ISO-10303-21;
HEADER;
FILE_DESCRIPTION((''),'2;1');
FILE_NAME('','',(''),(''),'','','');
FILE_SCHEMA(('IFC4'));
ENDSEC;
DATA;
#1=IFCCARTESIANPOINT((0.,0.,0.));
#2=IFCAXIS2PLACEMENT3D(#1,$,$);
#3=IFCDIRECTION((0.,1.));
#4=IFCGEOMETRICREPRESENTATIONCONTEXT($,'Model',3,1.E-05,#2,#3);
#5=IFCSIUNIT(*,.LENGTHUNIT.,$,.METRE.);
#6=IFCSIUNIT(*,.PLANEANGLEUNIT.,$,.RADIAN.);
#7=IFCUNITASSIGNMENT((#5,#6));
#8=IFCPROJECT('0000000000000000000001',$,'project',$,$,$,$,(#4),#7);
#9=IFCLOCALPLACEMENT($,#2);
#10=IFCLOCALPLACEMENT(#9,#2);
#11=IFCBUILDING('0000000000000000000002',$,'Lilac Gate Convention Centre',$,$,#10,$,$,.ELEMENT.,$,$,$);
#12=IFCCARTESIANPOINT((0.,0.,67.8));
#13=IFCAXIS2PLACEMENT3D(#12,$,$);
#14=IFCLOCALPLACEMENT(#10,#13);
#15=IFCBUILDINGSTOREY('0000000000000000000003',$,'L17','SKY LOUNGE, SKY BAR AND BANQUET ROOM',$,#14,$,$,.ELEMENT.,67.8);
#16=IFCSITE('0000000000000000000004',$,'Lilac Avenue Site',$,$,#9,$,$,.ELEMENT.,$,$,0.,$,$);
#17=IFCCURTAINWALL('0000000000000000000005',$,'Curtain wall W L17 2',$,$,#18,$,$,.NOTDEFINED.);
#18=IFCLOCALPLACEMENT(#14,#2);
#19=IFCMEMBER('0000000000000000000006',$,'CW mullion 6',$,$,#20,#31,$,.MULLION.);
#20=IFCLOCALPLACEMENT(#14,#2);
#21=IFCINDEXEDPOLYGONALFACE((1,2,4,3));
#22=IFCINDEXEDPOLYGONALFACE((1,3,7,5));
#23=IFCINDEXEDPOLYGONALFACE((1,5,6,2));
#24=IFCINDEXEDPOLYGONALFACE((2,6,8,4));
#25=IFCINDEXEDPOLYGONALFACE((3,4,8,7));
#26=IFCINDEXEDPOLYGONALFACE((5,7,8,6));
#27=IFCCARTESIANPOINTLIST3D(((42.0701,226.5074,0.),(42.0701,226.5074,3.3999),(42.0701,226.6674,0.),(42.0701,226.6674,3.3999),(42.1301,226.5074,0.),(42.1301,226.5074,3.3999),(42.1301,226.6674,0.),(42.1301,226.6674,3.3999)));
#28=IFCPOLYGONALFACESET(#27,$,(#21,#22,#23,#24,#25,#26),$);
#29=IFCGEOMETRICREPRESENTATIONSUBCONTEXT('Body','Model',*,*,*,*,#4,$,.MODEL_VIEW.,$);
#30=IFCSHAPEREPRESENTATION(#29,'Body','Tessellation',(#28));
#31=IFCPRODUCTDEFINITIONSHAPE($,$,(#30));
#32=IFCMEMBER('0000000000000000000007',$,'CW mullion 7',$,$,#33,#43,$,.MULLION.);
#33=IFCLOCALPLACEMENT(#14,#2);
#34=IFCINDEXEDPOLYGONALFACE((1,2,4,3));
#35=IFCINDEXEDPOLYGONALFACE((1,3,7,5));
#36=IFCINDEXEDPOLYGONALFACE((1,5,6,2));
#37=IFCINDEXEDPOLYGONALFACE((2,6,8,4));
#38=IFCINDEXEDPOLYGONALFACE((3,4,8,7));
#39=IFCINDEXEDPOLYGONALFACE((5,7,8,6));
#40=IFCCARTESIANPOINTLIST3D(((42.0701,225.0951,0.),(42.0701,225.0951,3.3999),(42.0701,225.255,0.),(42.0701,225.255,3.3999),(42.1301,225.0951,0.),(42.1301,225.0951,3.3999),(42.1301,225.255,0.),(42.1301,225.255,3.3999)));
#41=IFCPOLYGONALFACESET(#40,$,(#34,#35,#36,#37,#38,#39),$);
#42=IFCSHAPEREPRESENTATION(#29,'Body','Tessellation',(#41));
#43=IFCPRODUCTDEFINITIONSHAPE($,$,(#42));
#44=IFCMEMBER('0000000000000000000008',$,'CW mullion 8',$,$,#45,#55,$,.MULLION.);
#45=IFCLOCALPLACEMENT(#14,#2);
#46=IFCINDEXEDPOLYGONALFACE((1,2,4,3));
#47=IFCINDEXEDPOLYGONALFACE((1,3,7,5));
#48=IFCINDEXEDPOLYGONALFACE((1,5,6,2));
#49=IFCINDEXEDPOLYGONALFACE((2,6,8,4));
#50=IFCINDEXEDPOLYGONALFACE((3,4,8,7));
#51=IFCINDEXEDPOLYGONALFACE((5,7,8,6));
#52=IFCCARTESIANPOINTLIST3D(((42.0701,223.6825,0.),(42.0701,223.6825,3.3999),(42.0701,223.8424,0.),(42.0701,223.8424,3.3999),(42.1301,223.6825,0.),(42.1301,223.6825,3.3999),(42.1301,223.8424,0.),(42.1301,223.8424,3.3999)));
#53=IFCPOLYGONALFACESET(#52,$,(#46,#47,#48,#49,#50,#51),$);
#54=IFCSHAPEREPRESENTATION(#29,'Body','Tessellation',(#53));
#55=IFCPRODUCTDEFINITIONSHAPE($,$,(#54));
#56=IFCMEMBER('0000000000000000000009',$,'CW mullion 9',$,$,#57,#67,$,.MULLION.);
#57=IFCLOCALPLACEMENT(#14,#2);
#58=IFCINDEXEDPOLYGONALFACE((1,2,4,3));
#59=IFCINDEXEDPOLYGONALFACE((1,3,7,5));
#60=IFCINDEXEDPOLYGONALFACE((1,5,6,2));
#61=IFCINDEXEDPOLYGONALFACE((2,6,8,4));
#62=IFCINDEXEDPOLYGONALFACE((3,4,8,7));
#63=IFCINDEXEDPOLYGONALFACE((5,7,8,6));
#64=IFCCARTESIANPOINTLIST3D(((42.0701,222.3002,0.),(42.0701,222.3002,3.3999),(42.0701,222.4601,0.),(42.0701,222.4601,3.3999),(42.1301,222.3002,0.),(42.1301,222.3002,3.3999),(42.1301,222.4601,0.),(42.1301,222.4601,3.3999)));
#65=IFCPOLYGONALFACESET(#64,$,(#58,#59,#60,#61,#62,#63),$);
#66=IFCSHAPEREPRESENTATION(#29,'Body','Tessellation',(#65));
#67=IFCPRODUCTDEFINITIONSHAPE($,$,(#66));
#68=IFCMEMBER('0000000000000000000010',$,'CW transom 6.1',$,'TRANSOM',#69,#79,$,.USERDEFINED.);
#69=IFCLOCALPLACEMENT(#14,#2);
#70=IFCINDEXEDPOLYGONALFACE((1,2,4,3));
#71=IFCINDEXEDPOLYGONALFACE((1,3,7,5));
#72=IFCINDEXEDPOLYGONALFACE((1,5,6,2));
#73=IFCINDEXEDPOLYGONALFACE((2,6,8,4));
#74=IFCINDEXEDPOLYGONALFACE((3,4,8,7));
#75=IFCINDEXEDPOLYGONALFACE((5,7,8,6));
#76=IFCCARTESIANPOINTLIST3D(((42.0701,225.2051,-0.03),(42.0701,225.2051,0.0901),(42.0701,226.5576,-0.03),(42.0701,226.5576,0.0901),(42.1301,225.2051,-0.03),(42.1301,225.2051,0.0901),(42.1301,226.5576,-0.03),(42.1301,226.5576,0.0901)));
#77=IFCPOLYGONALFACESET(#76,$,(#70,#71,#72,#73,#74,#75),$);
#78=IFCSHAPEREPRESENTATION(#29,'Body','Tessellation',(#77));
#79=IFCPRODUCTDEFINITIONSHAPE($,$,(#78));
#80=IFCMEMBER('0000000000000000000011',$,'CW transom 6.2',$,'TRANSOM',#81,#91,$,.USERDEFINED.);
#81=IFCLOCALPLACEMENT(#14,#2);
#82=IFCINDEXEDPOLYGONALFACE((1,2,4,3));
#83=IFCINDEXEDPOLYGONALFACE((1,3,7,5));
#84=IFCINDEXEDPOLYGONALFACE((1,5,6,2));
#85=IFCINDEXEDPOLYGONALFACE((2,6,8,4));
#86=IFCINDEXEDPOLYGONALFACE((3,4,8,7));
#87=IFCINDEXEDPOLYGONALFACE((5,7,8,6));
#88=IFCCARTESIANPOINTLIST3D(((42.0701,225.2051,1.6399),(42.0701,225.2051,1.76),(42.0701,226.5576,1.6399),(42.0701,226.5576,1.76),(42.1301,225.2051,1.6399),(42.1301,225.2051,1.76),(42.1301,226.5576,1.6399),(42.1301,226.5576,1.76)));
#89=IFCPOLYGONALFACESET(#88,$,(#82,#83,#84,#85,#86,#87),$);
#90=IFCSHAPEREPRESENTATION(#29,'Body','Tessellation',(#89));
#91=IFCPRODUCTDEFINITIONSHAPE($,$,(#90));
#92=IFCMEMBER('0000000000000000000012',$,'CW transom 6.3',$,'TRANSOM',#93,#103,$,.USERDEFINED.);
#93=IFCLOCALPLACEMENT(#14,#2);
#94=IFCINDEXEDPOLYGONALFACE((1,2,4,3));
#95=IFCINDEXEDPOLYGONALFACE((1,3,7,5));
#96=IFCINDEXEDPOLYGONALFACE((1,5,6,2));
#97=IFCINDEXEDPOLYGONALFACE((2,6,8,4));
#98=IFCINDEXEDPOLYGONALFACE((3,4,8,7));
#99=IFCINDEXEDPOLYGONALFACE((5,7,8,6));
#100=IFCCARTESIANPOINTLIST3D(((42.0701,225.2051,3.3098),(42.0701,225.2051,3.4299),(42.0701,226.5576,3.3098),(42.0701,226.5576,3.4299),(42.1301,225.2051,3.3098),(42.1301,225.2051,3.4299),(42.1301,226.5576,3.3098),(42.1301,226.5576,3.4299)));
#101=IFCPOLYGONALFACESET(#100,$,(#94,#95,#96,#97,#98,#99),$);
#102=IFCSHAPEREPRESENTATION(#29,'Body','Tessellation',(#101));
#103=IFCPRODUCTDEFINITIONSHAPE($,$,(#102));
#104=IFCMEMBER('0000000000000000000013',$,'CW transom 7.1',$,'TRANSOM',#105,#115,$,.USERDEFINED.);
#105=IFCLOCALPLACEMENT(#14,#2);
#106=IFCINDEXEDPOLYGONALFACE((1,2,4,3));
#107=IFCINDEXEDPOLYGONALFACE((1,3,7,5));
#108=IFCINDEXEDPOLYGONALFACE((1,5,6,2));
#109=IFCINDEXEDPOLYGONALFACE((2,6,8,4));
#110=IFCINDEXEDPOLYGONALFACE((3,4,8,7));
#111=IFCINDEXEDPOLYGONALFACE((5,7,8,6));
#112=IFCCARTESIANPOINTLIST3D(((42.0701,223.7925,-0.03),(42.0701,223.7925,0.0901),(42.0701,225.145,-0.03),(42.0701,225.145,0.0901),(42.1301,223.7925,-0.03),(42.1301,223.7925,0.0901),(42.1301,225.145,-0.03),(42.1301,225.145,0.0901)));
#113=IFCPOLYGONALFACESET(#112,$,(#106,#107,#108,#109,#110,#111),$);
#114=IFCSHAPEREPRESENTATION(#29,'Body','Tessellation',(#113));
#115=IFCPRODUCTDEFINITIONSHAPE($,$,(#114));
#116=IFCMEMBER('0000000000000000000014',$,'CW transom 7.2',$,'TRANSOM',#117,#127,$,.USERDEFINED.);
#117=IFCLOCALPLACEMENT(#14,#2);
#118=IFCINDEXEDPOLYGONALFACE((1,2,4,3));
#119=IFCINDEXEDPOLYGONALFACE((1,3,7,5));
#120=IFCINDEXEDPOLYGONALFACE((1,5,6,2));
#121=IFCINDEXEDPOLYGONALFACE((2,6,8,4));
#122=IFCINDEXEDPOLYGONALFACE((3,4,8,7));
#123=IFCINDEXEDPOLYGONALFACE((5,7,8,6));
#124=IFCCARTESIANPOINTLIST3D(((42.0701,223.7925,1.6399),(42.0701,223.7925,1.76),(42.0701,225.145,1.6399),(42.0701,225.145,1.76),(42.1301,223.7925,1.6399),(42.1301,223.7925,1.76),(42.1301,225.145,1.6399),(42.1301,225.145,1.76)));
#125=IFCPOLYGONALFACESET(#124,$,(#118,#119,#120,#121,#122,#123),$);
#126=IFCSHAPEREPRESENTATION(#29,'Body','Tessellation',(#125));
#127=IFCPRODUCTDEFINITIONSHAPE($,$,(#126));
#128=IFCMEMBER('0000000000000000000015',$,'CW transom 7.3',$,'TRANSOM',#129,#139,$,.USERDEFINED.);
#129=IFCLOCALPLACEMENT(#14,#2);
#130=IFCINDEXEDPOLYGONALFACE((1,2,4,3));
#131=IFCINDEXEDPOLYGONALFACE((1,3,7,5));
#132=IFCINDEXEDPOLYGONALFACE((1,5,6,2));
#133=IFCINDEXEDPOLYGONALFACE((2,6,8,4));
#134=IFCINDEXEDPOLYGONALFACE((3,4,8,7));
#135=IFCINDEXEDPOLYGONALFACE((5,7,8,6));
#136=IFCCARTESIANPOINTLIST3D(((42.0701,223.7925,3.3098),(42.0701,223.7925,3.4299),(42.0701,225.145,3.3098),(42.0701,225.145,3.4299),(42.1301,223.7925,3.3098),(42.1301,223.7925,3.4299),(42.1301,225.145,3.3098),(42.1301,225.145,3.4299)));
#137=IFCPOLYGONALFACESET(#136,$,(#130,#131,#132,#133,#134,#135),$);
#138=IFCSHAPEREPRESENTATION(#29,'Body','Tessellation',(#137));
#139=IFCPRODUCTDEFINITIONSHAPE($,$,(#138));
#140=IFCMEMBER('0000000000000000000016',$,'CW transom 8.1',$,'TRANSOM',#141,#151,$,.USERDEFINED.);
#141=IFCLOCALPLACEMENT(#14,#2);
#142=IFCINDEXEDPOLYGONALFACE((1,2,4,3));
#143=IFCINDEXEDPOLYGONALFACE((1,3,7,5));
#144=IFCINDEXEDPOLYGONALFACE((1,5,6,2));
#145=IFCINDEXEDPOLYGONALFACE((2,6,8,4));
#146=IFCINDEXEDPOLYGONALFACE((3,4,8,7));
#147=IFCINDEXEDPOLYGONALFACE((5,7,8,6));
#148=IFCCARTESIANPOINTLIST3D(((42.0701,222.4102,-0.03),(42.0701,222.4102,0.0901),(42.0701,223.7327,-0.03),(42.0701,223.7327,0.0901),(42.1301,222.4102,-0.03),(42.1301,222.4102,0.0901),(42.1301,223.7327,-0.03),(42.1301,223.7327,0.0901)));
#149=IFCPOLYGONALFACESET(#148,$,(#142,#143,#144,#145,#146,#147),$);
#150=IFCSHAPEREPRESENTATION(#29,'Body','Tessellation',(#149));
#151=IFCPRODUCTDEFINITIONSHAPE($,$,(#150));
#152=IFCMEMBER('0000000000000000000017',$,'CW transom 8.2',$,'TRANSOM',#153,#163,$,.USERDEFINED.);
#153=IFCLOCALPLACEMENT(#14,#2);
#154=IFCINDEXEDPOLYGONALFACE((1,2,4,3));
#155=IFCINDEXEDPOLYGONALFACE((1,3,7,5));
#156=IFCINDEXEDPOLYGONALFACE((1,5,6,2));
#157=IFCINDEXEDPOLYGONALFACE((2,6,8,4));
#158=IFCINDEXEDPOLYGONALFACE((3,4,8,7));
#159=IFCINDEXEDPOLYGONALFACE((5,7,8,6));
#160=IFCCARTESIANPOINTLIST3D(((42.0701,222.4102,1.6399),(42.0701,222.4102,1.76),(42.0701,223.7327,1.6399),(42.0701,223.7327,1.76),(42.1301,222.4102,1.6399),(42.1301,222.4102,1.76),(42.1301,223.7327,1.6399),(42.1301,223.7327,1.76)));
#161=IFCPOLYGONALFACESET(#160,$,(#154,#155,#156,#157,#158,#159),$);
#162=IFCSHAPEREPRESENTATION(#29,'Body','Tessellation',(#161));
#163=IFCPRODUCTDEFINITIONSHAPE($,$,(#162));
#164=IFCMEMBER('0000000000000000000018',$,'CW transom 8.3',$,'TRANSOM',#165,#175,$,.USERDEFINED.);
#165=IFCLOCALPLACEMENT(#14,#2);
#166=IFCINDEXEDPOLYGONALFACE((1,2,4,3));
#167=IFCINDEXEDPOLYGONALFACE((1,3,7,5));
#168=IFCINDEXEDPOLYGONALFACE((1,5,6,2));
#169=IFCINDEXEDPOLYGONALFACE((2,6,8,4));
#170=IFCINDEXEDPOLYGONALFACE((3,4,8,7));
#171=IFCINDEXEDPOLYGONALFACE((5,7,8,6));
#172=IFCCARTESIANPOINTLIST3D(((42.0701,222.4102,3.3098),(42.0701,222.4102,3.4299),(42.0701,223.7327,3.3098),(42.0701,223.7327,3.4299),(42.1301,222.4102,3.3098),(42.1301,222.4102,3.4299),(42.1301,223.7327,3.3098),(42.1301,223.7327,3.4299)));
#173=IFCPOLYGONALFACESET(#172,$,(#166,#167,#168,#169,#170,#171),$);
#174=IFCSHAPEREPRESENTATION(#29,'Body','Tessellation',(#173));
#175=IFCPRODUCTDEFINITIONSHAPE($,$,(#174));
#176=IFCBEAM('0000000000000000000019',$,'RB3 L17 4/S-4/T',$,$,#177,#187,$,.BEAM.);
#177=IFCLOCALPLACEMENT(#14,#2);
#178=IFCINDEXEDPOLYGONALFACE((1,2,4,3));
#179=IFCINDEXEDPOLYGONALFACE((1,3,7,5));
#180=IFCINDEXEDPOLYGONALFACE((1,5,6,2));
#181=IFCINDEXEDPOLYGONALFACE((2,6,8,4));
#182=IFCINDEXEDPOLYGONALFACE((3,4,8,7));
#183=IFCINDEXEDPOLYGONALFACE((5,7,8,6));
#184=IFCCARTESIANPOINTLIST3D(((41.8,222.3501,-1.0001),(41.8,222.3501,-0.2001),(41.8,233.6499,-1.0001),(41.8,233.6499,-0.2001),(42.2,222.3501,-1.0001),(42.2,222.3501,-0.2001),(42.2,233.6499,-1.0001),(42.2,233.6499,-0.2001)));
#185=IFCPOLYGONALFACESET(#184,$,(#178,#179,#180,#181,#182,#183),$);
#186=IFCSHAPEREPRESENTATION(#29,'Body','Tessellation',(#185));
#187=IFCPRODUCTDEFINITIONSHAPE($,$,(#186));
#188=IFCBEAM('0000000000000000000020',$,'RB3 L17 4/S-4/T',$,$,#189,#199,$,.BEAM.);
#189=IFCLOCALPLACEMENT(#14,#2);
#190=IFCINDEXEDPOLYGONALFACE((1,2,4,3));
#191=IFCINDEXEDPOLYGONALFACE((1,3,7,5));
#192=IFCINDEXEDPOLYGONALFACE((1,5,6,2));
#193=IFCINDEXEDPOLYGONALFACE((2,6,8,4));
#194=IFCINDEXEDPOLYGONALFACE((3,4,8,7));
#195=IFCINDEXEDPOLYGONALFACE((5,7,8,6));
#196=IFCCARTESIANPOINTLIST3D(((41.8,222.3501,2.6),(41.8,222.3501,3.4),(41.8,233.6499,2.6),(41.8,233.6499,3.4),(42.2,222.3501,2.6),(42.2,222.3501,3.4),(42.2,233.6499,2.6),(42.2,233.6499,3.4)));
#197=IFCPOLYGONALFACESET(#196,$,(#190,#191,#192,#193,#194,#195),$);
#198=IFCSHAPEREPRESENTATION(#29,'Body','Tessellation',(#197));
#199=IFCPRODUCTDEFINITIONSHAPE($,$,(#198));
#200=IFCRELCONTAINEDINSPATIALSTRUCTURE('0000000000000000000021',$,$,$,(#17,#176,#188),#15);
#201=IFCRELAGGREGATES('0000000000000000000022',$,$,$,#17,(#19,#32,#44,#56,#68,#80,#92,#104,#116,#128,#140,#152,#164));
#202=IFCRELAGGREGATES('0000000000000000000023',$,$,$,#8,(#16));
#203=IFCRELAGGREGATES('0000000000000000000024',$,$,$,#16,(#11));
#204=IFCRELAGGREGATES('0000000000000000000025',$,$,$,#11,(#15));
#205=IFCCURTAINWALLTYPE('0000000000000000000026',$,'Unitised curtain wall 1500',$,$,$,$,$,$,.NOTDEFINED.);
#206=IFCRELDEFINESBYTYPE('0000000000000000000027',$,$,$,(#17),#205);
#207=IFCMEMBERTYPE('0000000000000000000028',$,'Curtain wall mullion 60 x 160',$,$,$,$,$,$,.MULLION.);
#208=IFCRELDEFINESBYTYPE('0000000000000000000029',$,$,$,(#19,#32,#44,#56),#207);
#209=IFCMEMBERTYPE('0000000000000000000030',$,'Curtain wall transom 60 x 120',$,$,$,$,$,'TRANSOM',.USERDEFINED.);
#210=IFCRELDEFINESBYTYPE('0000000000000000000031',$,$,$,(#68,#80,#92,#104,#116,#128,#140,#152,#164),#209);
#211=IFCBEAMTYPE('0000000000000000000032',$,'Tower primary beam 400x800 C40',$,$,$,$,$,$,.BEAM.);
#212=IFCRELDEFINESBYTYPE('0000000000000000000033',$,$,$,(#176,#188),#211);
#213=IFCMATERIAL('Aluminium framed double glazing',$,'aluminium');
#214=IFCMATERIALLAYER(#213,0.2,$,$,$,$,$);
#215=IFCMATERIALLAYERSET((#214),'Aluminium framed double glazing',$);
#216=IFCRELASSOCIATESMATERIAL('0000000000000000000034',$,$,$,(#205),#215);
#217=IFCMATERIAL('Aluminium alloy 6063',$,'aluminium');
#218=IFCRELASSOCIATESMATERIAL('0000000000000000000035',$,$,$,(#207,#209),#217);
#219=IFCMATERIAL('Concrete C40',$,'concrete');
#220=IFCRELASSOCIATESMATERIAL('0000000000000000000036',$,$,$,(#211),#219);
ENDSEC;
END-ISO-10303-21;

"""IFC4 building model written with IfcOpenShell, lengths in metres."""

from ifc_helpers import new_model, si_unit, direction, frame, origin, origin_2d, place, context, subcontext, project, spatial, rectangle, extrude, material, layer, layer_set, material_profile, profile_set, type_object, element, aggregate, save


model = new_model("IFC4")

# Units and contexts
model_context = context("Model", 3, precision=1e-05, world=origin(), true_north=direction((0.0, 1.0)))
body_context = subcontext(model_context, "Body", "Model", "MODEL_VIEW")
ifc_project = project(units=[si_unit("LENGTHUNIT", "METRE"), si_unit("PLANEANGLEUNIT", "RADIAN")], contexts=[model_context])

# Site, building, storey
site_placement = place(None, origin())
site = spatial("IfcSite", under=ifc_project, at=site_placement, Name="Lilac Avenue Site", CompositionType="ELEMENT", RefElevation=0.0)
building_placement = place(site_placement, origin())
building = spatial("IfcBuilding", under=site, at=building_placement, Name="Lilac Gate Convention Centre", CompositionType="ELEMENT")
storey_placement = place(building_placement, frame((0.0, 0.0, 67.8)))
storey = spatial("IfcBuildingStorey", under=building, at=storey_placement, Name="L17", Description="SKY LOUNGE, SKY BAR AND BANQUET ROOM", CompositionType="ELEMENT", Elevation=67.8)

# Curtain wall, members
ifc_material_1 = material(Name="Aluminium framed double glazing", Category="aluminium")
ifc_layer_1 = layer(ifc_material_1, 0.2)
ifc_layer_set_1 = layer_set([ifc_layer_1], Name="Aluminium framed double glazing")
curtain_wall_type = type_object("IfcCurtainWallType", Name="Unitised curtain wall 1500", PredefinedType="NOTDEFINED", material=ifc_layer_set_1)
curtain_wall_placement = place(storey_placement, origin())
curtain_wall = element("IfcCurtainWall", 1, at=curtain_wall_placement, inside=storey, type_object=curtain_wall_type, Name="Curtain wall W L17 2", PredefinedType="NOTDEFINED")
ifc_material_2 = material(Name="Aluminium alloy 6063", Category="aluminium")
ifc_material_profile_1 = material_profile(ifc_material_2, rectangle(XDim=0.0601, YDim=0.1599, at=origin_2d()), Name="Curtain wall mullion 60 x 160")
ifc_profile_set_1 = profile_set([ifc_material_profile_1], Name="Aluminium alloy 6063")
member_type_1 = type_object("IfcMemberType", Name="Curtain wall mullion 60 x 160", PredefinedType="MULLION", material=ifc_profile_set_1)
member_1_placement = place(storey_placement, frame((42.1001, 226.5874, 0.0), z_axis=(0.0, 0.0, 1.0), x_axis=(1.0, 0.0, 0.0)))
member_1 = element("IfcMember", 2, at=member_1_placement, type_object=member_type_1, Name="CW mullion 6", PredefinedType="MULLION", context=body_context, shape_type="SweptSolid", body=[
    extrude(rectangle(XDim=0.0601, YDim=0.1599, at=origin_2d()), origin(), (0.0, 0.0, 1.0), 3.3999),
])
member_2_placement = place(storey_placement, frame((42.1001, 225.175, 0.0), z_axis=(0.0, 0.0, 1.0), x_axis=(1.0, 0.0, 0.0)))
member_2 = element("IfcMember", 3, at=member_2_placement, type_object=member_type_1, Name="CW mullion 7", PredefinedType="MULLION", context=body_context, shape_type="SweptSolid", body=[
    extrude(rectangle(XDim=0.0601, YDim=0.1599, at=origin_2d()), origin(), (0.0, 0.0, 1.0), 3.3999),
])
member_3_placement = place(storey_placement, frame((42.1001, 223.7625, 0.0), z_axis=(0.0, 0.0, 1.0), x_axis=(1.0, 0.0, 0.0)))
member_3 = element("IfcMember", 4, at=member_3_placement, type_object=member_type_1, Name="CW mullion 8", PredefinedType="MULLION", context=body_context, shape_type="SweptSolid", body=[
    extrude(rectangle(XDim=0.0601, YDim=0.1599, at=origin_2d()), origin(), (0.0, 0.0, 1.0), 3.3999),
])
member_4_placement = place(storey_placement, frame((42.1001, 222.3801, 0.0), z_axis=(0.0, 0.0, 1.0), x_axis=(1.0, 0.0, 0.0)))
member_4 = element("IfcMember", 5, at=member_4_placement, type_object=member_type_1, Name="CW mullion 9", PredefinedType="MULLION", context=body_context, shape_type="SweptSolid", body=[
    extrude(rectangle(XDim=0.0601, YDim=0.1599, at=origin_2d()), origin(), (0.0, 0.0, 1.0), 3.3999),
])
ifc_material_profile_2 = material_profile(ifc_material_2, rectangle(XDim=0.0601, YDim=0.1201, at=origin_2d()), Name="Curtain wall transom 60 x 120")
ifc_profile_set_2 = profile_set([ifc_material_profile_2], Name="Aluminium alloy 6063")
member_type_2 = type_object("IfcMemberType", Name="Curtain wall transom 60 x 120", ElementType="TRANSOM", PredefinedType="USERDEFINED", material=ifc_profile_set_2)
member_5_placement = place(storey_placement, frame((42.1001, 226.5576, 0.03), z_axis=(0.0, -1.0, 0.0), x_axis=(1.0, 0.0, 0.0)))
member_5 = element("IfcMember", 6, at=member_5_placement, type_object=member_type_2, Name="CW transom 6.1", ObjectType="TRANSOM", PredefinedType="USERDEFINED", context=body_context, shape_type="SweptSolid", body=[
    extrude(rectangle(XDim=0.0601, YDim=0.1201, at=origin_2d()), origin(), (0.0, 0.0, 1.0), 1.3525),
])
member_6_placement = place(storey_placement, frame((42.1001, 226.5576, 1.7), z_axis=(0.0, -1.0, 0.0), x_axis=(1.0, 0.0, 0.0)))
member_6 = element("IfcMember", 7, at=member_6_placement, type_object=member_type_2, Name="CW transom 6.2", ObjectType="TRANSOM", PredefinedType="USERDEFINED", context=body_context, shape_type="SweptSolid", body=[
    extrude(rectangle(XDim=0.0601, YDim=0.1201, at=origin_2d()), origin(), (0.0, 0.0, 1.0), 1.3525),
])
member_7_placement = place(storey_placement, frame((42.1001, 226.5576, 3.3699), z_axis=(0.0, -1.0, 0.0), x_axis=(1.0, 0.0, 0.0)))
member_7 = element("IfcMember", 8, at=member_7_placement, type_object=member_type_2, Name="CW transom 6.3", ObjectType="TRANSOM", PredefinedType="USERDEFINED", context=body_context, shape_type="SweptSolid", body=[
    extrude(rectangle(XDim=0.0601, YDim=0.1201, at=origin_2d()), origin(), (0.0, 0.0, 1.0), 1.3525),
])
member_8_placement = place(storey_placement, frame((42.1001, 225.145, 0.03), z_axis=(0.0, -1.0, 0.0), x_axis=(1.0, 0.0, 0.0)))
member_8 = element("IfcMember", 9, at=member_8_placement, type_object=member_type_2, Name="CW transom 7.1", ObjectType="TRANSOM", PredefinedType="USERDEFINED", context=body_context, shape_type="SweptSolid", body=[
    extrude(rectangle(XDim=0.0601, YDim=0.1201, at=origin_2d()), origin(), (0.0, 0.0, 1.0), 1.3525),
])
member_9_placement = place(storey_placement, frame((42.1001, 225.145, 1.7), z_axis=(0.0, -1.0, 0.0), x_axis=(1.0, 0.0, 0.0)))
member_9 = element("IfcMember", 10, at=member_9_placement, type_object=member_type_2, Name="CW transom 7.2", ObjectType="TRANSOM", PredefinedType="USERDEFINED", context=body_context, shape_type="SweptSolid", body=[
    extrude(rectangle(XDim=0.0601, YDim=0.1201, at=origin_2d()), origin(), (0.0, 0.0, 1.0), 1.3525),
])
member_10_placement = place(storey_placement, frame((42.1001, 225.145, 3.3699), z_axis=(0.0, -1.0, 0.0), x_axis=(1.0, 0.0, 0.0)))
member_10 = element("IfcMember", 11, at=member_10_placement, type_object=member_type_2, Name="CW transom 7.3", ObjectType="TRANSOM", PredefinedType="USERDEFINED", context=body_context, shape_type="SweptSolid", body=[
    extrude(rectangle(XDim=0.0601, YDim=0.1201, at=origin_2d()), origin(), (0.0, 0.0, 1.0), 1.3525),
])
member_11_placement = place(storey_placement, frame((42.1001, 223.7327, 0.03), z_axis=(0.0, -1.0, 0.0), x_axis=(1.0, 0.0, 0.0)))
member_11 = element("IfcMember", 12, at=member_11_placement, type_object=member_type_2, Name="CW transom 8.1", ObjectType="TRANSOM", PredefinedType="USERDEFINED", context=body_context, shape_type="SweptSolid", body=[
    extrude(rectangle(XDim=0.0601, YDim=0.1201, at=origin_2d()), origin(), (0.0, 0.0, 1.0), 1.3225),
])
member_12_placement = place(storey_placement, frame((42.1001, 223.7327, 1.7), z_axis=(0.0, -1.0, 0.0), x_axis=(1.0, 0.0, 0.0)))
member_12 = element("IfcMember", 13, at=member_12_placement, type_object=member_type_2, Name="CW transom 8.2", ObjectType="TRANSOM", PredefinedType="USERDEFINED", context=body_context, shape_type="SweptSolid", body=[
    extrude(rectangle(XDim=0.0601, YDim=0.1201, at=origin_2d()), origin(), (0.0, 0.0, 1.0), 1.3225),
])
member_13_placement = place(storey_placement, frame((42.1001, 223.7327, 3.3699), z_axis=(0.0, -1.0, 0.0), x_axis=(1.0, 0.0, 0.0)))
member_13 = element("IfcMember", 14, at=member_13_placement, type_object=member_type_2, Name="CW transom 8.3", ObjectType="TRANSOM", PredefinedType="USERDEFINED", context=body_context, shape_type="SweptSolid", body=[
    extrude(rectangle(XDim=0.0601, YDim=0.1201, at=origin_2d()), origin(), (0.0, 0.0, 1.0), 1.3225),
])

# Beams
ifc_material_3 = material(Name="Concrete C40", Category="concrete")
ifc_material_profile_3 = material_profile(ifc_material_3, rectangle(XDim=0.3999, YDim=0.8, at=origin_2d()), Name="RC 400x800")
ifc_profile_set_3 = profile_set([ifc_material_profile_3], Name="Concrete C40")
beam_type = type_object("IfcBeamType", Name="Tower primary beam 400x800 C40", PredefinedType="BEAM", material=ifc_profile_set_3)
for number, where, z_axis, x_axis, name in (
    (15, (42.0, 222.3501, -0.6001), (0.0, 1.0, 0.0), (-1.0, 0.0, 0.0), "RB3 L17 4/S-4/T"),
    (16, (42.0, 222.3501, 3.0), (0.0, 1.0, 0.0), (-1.0, 0.0, 0.0), "RB3 L17 4/S-4/T"),
):
    element("IfcBeam", number, at=place(storey_placement, frame(where, z_axis=z_axis, x_axis=x_axis)), inside=storey, type_object=beam_type, Name=name, PredefinedType="BEAM", context=body_context, shape_type="SweptSolid", body=[
        extrude(rectangle(XDim=0.3999, YDim=0.8, at=origin_2d()), origin(), (0.0, 0.0, 1.0), 11.2998),
    ])

aggregate(curtain_wall, [member_1, member_2, member_3, member_4, member_5, member_6, member_7, member_8, member_9, member_10, member_11, member_12, member_13])

save(model, "model.ifc")
